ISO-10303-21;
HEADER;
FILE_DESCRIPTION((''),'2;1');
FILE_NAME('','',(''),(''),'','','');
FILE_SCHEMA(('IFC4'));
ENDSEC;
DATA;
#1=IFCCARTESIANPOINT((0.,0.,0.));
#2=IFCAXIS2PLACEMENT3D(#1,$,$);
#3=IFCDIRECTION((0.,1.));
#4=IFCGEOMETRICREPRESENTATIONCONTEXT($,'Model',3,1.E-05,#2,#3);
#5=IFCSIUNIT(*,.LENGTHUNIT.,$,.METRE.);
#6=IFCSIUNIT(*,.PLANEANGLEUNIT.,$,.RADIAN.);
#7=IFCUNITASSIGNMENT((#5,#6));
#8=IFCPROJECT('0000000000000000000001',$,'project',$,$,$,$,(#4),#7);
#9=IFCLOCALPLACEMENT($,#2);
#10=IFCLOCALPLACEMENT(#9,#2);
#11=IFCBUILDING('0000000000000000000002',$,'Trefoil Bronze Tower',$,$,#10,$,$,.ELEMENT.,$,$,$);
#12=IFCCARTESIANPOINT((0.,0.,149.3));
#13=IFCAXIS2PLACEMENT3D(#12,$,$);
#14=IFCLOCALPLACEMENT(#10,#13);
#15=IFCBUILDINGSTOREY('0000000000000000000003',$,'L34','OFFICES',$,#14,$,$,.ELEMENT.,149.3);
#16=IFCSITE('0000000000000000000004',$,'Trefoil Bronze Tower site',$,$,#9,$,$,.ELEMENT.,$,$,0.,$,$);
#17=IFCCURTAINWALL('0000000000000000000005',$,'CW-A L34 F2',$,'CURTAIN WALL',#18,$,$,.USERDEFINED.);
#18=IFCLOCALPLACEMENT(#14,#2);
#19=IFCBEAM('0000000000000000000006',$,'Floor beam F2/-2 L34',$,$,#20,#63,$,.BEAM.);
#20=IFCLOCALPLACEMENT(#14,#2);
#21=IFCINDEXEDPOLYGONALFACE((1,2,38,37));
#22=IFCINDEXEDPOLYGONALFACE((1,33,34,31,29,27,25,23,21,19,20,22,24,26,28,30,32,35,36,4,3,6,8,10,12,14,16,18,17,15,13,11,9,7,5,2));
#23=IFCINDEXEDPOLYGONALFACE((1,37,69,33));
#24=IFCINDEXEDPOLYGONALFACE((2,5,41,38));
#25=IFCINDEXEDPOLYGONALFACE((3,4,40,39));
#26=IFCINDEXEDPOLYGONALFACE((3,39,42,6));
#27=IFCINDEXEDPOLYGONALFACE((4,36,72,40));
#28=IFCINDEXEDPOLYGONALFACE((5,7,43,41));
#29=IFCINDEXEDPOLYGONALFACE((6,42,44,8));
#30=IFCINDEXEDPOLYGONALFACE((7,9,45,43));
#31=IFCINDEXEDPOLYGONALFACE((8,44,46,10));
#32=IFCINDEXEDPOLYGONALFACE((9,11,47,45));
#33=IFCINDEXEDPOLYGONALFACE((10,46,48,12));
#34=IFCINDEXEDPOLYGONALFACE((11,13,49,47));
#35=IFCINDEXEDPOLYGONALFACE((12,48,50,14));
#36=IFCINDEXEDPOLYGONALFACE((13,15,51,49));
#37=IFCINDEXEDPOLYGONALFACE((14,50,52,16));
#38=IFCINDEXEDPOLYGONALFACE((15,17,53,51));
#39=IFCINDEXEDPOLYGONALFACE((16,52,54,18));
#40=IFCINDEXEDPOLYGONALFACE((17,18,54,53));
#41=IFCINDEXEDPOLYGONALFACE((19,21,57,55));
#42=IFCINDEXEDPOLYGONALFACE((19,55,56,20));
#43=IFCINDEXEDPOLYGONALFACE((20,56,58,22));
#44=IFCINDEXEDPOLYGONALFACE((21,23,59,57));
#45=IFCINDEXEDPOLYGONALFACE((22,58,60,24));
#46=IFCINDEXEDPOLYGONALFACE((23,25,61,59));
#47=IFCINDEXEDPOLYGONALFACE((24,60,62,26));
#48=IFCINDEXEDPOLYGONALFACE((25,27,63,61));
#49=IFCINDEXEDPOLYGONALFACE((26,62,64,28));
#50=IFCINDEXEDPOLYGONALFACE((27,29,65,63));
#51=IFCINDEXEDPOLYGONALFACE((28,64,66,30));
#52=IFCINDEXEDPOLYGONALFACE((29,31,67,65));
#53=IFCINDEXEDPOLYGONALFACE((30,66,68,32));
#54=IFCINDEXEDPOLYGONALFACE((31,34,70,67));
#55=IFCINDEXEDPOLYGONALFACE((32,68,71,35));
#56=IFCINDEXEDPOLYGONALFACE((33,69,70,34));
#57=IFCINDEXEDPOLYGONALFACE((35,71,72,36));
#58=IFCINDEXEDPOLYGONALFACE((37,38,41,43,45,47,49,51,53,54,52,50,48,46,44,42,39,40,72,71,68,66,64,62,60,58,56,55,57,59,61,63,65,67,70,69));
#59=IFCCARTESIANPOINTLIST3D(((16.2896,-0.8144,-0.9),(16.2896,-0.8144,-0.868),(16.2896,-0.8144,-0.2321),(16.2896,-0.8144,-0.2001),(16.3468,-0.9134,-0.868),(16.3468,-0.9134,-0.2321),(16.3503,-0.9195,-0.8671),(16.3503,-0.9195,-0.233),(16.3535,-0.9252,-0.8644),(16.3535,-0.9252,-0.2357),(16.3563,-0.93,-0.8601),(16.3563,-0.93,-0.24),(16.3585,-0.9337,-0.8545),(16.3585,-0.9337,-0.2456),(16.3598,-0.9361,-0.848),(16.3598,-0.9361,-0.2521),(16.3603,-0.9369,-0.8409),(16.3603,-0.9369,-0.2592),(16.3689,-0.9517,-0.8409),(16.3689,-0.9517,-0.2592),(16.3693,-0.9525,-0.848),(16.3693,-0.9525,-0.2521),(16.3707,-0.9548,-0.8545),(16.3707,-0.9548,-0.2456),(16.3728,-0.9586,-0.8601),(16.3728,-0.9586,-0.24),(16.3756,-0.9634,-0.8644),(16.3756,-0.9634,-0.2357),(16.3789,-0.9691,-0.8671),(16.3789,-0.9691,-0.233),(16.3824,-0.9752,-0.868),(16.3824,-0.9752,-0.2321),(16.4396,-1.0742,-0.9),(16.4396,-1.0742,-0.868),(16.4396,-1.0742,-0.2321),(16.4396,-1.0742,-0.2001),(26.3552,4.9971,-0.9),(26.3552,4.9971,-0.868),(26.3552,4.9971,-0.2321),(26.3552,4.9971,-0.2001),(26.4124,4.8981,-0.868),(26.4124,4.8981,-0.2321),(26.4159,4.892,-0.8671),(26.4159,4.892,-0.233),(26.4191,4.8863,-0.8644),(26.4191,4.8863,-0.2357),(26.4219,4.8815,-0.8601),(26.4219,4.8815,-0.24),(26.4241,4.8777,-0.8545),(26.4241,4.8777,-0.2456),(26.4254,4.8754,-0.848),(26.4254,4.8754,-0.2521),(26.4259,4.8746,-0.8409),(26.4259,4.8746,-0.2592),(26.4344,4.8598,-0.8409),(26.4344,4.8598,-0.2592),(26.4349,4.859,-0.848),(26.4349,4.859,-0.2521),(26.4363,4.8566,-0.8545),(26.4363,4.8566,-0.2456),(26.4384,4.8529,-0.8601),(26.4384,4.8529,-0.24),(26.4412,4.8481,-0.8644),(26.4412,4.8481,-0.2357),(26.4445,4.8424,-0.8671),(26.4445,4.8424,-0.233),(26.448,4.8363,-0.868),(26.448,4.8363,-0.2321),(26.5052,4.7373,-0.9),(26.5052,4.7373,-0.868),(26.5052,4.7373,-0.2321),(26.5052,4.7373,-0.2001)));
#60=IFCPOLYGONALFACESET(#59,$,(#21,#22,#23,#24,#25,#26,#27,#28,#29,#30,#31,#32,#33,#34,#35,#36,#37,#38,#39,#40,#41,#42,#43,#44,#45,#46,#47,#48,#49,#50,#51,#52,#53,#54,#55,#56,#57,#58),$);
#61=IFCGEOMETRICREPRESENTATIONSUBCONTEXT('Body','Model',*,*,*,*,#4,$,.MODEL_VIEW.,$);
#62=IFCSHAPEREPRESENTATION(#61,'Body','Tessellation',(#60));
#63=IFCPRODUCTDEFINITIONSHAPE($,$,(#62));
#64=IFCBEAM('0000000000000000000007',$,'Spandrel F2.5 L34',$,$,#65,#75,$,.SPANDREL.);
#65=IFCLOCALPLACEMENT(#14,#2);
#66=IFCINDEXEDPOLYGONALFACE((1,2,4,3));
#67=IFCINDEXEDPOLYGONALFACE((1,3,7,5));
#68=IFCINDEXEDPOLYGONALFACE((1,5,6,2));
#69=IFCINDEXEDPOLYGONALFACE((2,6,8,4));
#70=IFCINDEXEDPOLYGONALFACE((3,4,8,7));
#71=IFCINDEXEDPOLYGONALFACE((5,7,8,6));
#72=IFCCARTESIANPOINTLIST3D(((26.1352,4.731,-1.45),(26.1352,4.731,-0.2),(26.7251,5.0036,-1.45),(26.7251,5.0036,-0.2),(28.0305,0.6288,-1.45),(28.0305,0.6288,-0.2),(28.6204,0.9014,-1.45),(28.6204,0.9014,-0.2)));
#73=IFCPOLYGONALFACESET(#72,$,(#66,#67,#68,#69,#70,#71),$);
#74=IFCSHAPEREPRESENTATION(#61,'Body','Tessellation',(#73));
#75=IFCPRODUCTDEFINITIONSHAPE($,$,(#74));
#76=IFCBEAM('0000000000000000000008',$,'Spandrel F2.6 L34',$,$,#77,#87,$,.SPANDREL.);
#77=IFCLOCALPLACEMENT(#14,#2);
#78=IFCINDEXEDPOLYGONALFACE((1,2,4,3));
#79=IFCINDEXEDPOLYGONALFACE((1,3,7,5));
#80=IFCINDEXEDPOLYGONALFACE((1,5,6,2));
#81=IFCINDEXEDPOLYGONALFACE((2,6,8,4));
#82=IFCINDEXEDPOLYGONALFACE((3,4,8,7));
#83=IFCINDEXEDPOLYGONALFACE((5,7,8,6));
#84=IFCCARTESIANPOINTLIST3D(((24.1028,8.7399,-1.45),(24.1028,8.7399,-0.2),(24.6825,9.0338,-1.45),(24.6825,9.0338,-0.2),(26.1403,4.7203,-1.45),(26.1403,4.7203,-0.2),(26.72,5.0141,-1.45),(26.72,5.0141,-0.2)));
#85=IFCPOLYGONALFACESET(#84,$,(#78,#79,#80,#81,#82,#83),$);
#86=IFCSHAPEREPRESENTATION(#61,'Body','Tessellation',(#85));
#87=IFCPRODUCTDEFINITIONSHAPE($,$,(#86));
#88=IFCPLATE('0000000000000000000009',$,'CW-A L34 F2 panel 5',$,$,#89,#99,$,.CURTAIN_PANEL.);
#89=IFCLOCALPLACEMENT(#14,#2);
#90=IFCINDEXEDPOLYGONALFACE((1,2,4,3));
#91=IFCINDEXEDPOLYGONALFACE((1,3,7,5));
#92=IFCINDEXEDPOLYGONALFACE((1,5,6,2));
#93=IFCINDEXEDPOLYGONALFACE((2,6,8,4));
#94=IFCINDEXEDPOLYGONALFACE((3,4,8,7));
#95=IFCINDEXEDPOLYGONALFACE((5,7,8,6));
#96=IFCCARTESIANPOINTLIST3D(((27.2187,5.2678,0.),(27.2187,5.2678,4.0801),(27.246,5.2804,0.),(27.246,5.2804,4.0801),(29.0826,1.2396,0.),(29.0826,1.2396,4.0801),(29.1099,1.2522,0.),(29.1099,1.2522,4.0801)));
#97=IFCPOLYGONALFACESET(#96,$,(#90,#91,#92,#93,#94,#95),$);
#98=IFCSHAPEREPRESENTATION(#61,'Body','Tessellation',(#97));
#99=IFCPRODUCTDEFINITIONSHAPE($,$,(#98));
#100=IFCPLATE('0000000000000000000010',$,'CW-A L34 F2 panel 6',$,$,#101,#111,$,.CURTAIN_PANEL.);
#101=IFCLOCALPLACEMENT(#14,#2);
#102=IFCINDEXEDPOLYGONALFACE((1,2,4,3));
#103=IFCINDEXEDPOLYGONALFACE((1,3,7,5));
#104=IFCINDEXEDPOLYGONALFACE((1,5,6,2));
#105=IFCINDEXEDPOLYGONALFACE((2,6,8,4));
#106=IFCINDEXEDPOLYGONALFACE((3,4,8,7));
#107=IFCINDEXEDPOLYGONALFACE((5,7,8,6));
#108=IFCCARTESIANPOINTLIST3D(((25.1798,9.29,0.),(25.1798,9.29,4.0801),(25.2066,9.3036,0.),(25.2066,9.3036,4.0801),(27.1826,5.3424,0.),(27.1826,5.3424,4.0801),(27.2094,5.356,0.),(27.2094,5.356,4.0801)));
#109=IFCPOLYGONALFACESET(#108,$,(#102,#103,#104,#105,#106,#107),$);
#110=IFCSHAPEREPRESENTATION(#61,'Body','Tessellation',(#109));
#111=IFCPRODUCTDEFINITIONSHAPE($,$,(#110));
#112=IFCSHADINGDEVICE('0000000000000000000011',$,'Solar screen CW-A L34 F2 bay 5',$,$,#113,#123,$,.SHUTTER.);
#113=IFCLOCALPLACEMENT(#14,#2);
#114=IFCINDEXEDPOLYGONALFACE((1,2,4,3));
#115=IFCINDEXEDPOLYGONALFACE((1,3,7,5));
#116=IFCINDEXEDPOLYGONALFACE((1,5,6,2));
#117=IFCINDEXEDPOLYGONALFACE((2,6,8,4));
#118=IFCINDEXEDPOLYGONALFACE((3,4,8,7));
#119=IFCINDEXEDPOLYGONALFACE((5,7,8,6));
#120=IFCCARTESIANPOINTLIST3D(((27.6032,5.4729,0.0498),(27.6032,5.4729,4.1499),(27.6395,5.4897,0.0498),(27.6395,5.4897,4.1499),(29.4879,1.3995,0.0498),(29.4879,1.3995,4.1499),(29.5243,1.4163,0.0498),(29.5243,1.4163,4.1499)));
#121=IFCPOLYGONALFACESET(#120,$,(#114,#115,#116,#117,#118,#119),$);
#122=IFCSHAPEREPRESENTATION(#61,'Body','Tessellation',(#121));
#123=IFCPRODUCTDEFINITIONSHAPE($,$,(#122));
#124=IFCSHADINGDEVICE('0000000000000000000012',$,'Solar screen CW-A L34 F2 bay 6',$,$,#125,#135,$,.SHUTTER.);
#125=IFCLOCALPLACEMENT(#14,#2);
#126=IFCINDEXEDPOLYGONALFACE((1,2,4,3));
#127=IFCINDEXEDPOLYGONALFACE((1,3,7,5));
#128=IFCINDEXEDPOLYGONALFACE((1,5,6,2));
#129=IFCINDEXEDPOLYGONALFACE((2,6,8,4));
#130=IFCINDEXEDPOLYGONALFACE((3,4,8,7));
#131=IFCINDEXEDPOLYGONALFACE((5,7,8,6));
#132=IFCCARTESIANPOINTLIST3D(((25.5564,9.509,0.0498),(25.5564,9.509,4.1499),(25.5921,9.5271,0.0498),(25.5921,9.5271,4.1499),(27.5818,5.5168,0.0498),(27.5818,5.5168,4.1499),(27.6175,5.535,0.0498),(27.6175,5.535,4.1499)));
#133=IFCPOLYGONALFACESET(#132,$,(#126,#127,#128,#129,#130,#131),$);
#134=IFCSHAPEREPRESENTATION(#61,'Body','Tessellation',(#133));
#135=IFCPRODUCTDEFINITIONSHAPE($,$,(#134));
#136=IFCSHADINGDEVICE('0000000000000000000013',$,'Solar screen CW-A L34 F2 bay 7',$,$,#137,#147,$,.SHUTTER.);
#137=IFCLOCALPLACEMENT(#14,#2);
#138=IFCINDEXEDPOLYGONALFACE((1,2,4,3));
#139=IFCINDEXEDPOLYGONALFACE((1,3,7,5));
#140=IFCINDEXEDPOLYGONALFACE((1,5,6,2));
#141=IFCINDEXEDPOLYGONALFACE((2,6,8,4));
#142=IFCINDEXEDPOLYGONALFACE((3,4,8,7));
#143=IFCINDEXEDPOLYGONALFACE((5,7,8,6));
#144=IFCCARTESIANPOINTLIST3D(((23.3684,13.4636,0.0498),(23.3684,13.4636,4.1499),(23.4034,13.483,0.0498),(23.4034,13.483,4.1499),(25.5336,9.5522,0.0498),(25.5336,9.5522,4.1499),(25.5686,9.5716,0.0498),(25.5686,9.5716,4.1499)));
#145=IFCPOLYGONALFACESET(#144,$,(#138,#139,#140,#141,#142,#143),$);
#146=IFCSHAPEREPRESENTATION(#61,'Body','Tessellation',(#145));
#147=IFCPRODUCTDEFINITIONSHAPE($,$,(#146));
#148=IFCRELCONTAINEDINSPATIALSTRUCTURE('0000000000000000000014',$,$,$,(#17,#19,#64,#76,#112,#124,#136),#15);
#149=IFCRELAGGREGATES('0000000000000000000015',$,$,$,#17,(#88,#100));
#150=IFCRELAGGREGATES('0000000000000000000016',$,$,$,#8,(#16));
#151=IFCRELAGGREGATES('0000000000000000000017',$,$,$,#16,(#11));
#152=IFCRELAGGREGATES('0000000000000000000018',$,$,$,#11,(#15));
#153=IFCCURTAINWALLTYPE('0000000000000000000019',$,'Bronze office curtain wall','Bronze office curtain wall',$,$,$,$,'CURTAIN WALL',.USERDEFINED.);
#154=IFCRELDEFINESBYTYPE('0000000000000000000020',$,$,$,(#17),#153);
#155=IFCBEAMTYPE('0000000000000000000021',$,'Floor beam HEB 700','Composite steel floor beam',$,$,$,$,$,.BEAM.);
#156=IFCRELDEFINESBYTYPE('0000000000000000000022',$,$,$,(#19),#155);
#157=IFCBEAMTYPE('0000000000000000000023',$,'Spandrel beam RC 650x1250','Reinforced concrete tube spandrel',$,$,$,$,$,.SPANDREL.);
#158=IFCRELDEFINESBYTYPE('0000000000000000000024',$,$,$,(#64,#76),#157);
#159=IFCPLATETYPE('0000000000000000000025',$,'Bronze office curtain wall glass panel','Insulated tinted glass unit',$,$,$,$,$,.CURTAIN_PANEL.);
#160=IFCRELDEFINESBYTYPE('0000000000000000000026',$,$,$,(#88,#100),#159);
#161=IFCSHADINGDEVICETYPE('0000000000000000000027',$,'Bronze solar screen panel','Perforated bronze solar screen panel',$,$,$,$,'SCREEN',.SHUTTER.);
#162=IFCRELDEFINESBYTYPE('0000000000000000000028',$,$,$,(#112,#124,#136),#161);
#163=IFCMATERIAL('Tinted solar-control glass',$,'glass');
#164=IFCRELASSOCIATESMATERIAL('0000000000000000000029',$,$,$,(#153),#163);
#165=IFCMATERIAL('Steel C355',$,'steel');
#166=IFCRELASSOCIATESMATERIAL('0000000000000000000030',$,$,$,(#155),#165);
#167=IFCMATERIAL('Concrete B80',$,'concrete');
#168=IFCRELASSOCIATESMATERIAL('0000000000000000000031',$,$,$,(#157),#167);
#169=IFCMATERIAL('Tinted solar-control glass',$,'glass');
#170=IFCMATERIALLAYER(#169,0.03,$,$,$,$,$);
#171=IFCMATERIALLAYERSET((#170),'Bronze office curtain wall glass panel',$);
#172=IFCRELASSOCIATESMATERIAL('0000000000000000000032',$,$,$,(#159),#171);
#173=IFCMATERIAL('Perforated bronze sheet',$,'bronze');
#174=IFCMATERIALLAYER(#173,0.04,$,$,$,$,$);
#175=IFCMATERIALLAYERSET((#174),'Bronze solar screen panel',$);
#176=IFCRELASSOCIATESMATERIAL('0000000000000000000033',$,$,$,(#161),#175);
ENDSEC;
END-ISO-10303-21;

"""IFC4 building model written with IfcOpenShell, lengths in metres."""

from ifc_helpers import new_model, si_unit, direction, frame, origin, origin_2d, place, context, subcontext, project, spatial, rectangle, i_section, extrude, material, layer, layer_set, material_profile, profile_set, type_object, element, aggregate, save


model = new_model("IFC4")

# Units and contexts
model_context = context("Model", 3, precision=1e-05, world=origin(), true_north=direction((0.0, 1.0)))
body_context = subcontext(model_context, "Body", "Model", "MODEL_VIEW")
ifc_project = project(units=[si_unit("LENGTHUNIT", "METRE"), si_unit("PLANEANGLEUNIT", "RADIAN")], contexts=[model_context])

# Site, building, storey
site_placement = place(None, origin())
site = spatial("IfcSite", under=ifc_project, at=site_placement, Name="Trefoil Bronze Tower site", CompositionType="ELEMENT", RefElevation=0.0)
building_placement = place(site_placement, origin())
building = spatial("IfcBuilding", under=site, at=building_placement, Name="Trefoil Bronze Tower", CompositionType="ELEMENT")
storey_placement = place(building_placement, frame((0.0, 0.0, 149.3)))
storey = spatial("IfcBuildingStorey", under=building, at=storey_placement, Name="L34", Description="OFFICES", CompositionType="ELEMENT", Elevation=149.3)

# Curtain wall
ifc_material_1 = material(Name="Tinted solar-control glass", Category="glass")
curtain_wall_type = type_object("IfcCurtainWallType", Name="Bronze office curtain wall", Description="Bronze office curtain wall", ElementType="CURTAIN WALL", PredefinedType="USERDEFINED", material=ifc_material_1)
curtain_wall_placement = place(storey_placement, origin())
curtain_wall = element("IfcCurtainWall", 1, at=curtain_wall_placement, inside=storey, type_object=curtain_wall_type, Name="CW-A L34 F2", ObjectType="CURTAIN WALL", PredefinedType="USERDEFINED")

# Beams
ifc_material_2 = material(Name="Steel C355", Category="steel")
ifc_material_profile_1 = material_profile(ifc_material_2, i_section(OverallWidth=0.3, OverallDepth=0.7, WebThickness=0.0171, FlangeThickness=0.032, FilletRadius=0.0271, at=origin_2d()), Name="HEB 700")
ifc_profile_set_1 = profile_set([ifc_material_profile_1], Name="Steel C355")
beam_type_1 = type_object("IfcBeamType", Name="Floor beam HEB 700", Description="Composite steel floor beam", PredefinedType="BEAM", material=ifc_profile_set_1)
beam_1_placement = place(storey_placement, frame((26.4302, 4.8672, -0.55), z_axis=(-0.866022, -0.500007, 0.0), x_axis=(0.500007, -0.866022, 0.0)))
element("IfcBeam", 2, at=beam_1_placement, inside=storey, type_object=beam_type_1, Name="Floor beam F2/-2 L34", PredefinedType="BEAM", context=body_context, shape_type="SweptSolid", body=[
    extrude(i_section(OverallWidth=0.3, OverallDepth=0.7, WebThickness=0.0171, FlangeThickness=0.032, FilletRadius=0.0271, at=origin_2d()), origin(), (0.0, 0.0, 1.0), 11.6228),
])
ifc_material_3 = material(Name="Concrete B80", Category="concrete")
ifc_material_profile_2 = material_profile(ifc_material_3, rectangle(XDim=0.6499, YDim=1.25, at=origin_2d()), Name="RC 650x1250")
ifc_profile_set_2 = profile_set([ifc_material_profile_2], Name="Concrete B80")
beam_type_2 = type_object("IfcBeamType", Name="Spandrel beam RC 650x1250", Description="Reinforced concrete tube spandrel", PredefinedType="SPANDREL", material=ifc_profile_set_2)
beam_2_placement = place(storey_placement, frame((28.3254, 0.7651, -0.825), z_axis=(-0.419425, 0.90779, 0.0), x_axis=(-0.90779, -0.419425, 0.0)))
element("IfcBeam", 3, at=beam_2_placement, inside=storey, type_object=beam_type_2, Name="Spandrel F2.5 L34", PredefinedType="SPANDREL", context=body_context, shape_type="SweptSolid", body=[
    extrude(rectangle(XDim=0.6499, YDim=1.25, at=origin_2d()), origin(), (0.0, 0.0, 1.0), 4.5188),
])
beam_3_placement = place(storey_placement, frame((26.4302, 4.8672, -0.825), z_axis=(-0.452126, 0.891954, 0.0), x_axis=(-0.891954, -0.452126, 0.0)))
element("IfcBeam", 4, at=beam_3_placement, inside=storey, type_object=beam_type_2, Name="Spandrel F2.6 L34", PredefinedType="SPANDREL", context=body_context, shape_type="SweptSolid", body=[
    extrude(rectangle(XDim=0.6499, YDim=1.25, at=origin_2d()), origin(), (0.0, 0.0, 1.0), 4.5066),
])

# Plates
ifc_material_4 = material(Name="Tinted solar-control glass", Category="glass")
ifc_layer_1 = layer(ifc_material_4, 0.03)
ifc_layer_set_1 = layer_set([ifc_layer_1], Name="Bronze office curtain wall glass panel")
plate_type = type_object("IfcPlateType", Name="Bronze office curtain wall glass panel", Description="Insulated tinted glass unit", PredefinedType="CURTAIN_PANEL", material=ifc_layer_set_1)
plate_1_placement = place(storey_placement, frame((28.1643, 3.26, 0.0), z_axis=(0.0, 0.0, 1.0), x_axis=(-0.419933, 0.907555, 0.0)))
plate_1 = element("IfcPlate", 5, at=plate_1_placement, type_object=plate_type, Name="CW-A L34 F2 panel 5", PredefinedType="CURTAIN_PANEL", context=body_context, shape_type="SweptSolid", body=[
    extrude(rectangle(XDim=4.4385, YDim=0.03, at=origin_2d()), origin(), (0.0, 0.0, 1.0), 4.0801),
])
plate_2_placement = place(storey_placement, frame((26.1946, 7.323, 0.0), z_axis=(0.0, 0.0, 1.0), x_axis=(-0.452449, 0.89179, 0.0)))
plate_2 = element("IfcPlate", 6, at=plate_2_placement, type_object=plate_type, Name="CW-A L34 F2 panel 6", PredefinedType="CURTAIN_PANEL", context=body_context, shape_type="SweptSolid", body=[
    extrude(rectangle(XDim=4.4265, YDim=0.03, at=origin_2d()), origin(), (0.0, 0.0, 1.0), 4.0801),
])
aggregate(curtain_wall, [plate_1, plate_2])

# Shading devices
ifc_material_5 = material(Name="Perforated bronze sheet", Category="bronze")
ifc_layer_2 = layer(ifc_material_5, 0.04)
ifc_layer_set_2 = layer_set([ifc_layer_2], Name="Bronze solar screen panel")
shading_device_type = type_object("IfcShadingDeviceType", Name="Bronze solar screen panel", Description="Perforated bronze solar screen panel", ElementType="SCREEN", PredefinedType="SHUTTER", material=ifc_layer_set_2)
shading_device_1_placement = place(storey_placement, frame((28.5637, 3.4446, 0.0498), z_axis=(0.0, 0.0, 1.0), x_axis=(-0.419933, 0.907555, 0.0)))
element("IfcShadingDevice", 7, at=shading_device_1_placement, inside=storey, type_object=shading_device_type, Name="Solar screen CW-A L34 F2 bay 5", PredefinedType="SHUTTER", context=body_context, shape_type="SweptSolid", body=[
    extrude(rectangle(XDim=4.4883, YDim=0.04, at=origin_2d()), origin(), (0.0, 0.0, 1.0), 4.1001),
])
shading_device_2_placement = place(storey_placement, frame((26.5869, 7.522, 0.0498), z_axis=(0.0, 0.0, 1.0), x_axis=(-0.452449, 0.89179, 0.0)))
element("IfcShadingDevice", 8, at=shading_device_2_placement, inside=storey, type_object=shading_device_type, Name="Solar screen CW-A L34 F2 bay 6", PredefinedType="SHUTTER", context=body_context, shape_type="SweptSolid", body=[
    extrude(rectangle(XDim=4.4766, YDim=0.04, at=origin_2d()), origin(), (0.0, 0.0, 1.0), 4.1001),
])
shading_device_3_placement = place(storey_placement, frame((24.4685, 11.5176, 0.0498), z_axis=(0.0, 0.0, 1.0), x_axis=(-0.484312, 0.874895, 0.0)))
element("IfcShadingDevice", 9, at=shading_device_3_placement, inside=storey, type_object=shading_device_type, Name="Solar screen CW-A L34 F2 bay 7", PredefinedType="SHUTTER", context=body_context, shape_type="SweptSolid", body=[
    extrude(rectangle(XDim=4.4707, YDim=0.04, at=origin_2d()), origin(), (0.0, 0.0, 1.0), 4.1001),
])

save(model, "model.ifc")
